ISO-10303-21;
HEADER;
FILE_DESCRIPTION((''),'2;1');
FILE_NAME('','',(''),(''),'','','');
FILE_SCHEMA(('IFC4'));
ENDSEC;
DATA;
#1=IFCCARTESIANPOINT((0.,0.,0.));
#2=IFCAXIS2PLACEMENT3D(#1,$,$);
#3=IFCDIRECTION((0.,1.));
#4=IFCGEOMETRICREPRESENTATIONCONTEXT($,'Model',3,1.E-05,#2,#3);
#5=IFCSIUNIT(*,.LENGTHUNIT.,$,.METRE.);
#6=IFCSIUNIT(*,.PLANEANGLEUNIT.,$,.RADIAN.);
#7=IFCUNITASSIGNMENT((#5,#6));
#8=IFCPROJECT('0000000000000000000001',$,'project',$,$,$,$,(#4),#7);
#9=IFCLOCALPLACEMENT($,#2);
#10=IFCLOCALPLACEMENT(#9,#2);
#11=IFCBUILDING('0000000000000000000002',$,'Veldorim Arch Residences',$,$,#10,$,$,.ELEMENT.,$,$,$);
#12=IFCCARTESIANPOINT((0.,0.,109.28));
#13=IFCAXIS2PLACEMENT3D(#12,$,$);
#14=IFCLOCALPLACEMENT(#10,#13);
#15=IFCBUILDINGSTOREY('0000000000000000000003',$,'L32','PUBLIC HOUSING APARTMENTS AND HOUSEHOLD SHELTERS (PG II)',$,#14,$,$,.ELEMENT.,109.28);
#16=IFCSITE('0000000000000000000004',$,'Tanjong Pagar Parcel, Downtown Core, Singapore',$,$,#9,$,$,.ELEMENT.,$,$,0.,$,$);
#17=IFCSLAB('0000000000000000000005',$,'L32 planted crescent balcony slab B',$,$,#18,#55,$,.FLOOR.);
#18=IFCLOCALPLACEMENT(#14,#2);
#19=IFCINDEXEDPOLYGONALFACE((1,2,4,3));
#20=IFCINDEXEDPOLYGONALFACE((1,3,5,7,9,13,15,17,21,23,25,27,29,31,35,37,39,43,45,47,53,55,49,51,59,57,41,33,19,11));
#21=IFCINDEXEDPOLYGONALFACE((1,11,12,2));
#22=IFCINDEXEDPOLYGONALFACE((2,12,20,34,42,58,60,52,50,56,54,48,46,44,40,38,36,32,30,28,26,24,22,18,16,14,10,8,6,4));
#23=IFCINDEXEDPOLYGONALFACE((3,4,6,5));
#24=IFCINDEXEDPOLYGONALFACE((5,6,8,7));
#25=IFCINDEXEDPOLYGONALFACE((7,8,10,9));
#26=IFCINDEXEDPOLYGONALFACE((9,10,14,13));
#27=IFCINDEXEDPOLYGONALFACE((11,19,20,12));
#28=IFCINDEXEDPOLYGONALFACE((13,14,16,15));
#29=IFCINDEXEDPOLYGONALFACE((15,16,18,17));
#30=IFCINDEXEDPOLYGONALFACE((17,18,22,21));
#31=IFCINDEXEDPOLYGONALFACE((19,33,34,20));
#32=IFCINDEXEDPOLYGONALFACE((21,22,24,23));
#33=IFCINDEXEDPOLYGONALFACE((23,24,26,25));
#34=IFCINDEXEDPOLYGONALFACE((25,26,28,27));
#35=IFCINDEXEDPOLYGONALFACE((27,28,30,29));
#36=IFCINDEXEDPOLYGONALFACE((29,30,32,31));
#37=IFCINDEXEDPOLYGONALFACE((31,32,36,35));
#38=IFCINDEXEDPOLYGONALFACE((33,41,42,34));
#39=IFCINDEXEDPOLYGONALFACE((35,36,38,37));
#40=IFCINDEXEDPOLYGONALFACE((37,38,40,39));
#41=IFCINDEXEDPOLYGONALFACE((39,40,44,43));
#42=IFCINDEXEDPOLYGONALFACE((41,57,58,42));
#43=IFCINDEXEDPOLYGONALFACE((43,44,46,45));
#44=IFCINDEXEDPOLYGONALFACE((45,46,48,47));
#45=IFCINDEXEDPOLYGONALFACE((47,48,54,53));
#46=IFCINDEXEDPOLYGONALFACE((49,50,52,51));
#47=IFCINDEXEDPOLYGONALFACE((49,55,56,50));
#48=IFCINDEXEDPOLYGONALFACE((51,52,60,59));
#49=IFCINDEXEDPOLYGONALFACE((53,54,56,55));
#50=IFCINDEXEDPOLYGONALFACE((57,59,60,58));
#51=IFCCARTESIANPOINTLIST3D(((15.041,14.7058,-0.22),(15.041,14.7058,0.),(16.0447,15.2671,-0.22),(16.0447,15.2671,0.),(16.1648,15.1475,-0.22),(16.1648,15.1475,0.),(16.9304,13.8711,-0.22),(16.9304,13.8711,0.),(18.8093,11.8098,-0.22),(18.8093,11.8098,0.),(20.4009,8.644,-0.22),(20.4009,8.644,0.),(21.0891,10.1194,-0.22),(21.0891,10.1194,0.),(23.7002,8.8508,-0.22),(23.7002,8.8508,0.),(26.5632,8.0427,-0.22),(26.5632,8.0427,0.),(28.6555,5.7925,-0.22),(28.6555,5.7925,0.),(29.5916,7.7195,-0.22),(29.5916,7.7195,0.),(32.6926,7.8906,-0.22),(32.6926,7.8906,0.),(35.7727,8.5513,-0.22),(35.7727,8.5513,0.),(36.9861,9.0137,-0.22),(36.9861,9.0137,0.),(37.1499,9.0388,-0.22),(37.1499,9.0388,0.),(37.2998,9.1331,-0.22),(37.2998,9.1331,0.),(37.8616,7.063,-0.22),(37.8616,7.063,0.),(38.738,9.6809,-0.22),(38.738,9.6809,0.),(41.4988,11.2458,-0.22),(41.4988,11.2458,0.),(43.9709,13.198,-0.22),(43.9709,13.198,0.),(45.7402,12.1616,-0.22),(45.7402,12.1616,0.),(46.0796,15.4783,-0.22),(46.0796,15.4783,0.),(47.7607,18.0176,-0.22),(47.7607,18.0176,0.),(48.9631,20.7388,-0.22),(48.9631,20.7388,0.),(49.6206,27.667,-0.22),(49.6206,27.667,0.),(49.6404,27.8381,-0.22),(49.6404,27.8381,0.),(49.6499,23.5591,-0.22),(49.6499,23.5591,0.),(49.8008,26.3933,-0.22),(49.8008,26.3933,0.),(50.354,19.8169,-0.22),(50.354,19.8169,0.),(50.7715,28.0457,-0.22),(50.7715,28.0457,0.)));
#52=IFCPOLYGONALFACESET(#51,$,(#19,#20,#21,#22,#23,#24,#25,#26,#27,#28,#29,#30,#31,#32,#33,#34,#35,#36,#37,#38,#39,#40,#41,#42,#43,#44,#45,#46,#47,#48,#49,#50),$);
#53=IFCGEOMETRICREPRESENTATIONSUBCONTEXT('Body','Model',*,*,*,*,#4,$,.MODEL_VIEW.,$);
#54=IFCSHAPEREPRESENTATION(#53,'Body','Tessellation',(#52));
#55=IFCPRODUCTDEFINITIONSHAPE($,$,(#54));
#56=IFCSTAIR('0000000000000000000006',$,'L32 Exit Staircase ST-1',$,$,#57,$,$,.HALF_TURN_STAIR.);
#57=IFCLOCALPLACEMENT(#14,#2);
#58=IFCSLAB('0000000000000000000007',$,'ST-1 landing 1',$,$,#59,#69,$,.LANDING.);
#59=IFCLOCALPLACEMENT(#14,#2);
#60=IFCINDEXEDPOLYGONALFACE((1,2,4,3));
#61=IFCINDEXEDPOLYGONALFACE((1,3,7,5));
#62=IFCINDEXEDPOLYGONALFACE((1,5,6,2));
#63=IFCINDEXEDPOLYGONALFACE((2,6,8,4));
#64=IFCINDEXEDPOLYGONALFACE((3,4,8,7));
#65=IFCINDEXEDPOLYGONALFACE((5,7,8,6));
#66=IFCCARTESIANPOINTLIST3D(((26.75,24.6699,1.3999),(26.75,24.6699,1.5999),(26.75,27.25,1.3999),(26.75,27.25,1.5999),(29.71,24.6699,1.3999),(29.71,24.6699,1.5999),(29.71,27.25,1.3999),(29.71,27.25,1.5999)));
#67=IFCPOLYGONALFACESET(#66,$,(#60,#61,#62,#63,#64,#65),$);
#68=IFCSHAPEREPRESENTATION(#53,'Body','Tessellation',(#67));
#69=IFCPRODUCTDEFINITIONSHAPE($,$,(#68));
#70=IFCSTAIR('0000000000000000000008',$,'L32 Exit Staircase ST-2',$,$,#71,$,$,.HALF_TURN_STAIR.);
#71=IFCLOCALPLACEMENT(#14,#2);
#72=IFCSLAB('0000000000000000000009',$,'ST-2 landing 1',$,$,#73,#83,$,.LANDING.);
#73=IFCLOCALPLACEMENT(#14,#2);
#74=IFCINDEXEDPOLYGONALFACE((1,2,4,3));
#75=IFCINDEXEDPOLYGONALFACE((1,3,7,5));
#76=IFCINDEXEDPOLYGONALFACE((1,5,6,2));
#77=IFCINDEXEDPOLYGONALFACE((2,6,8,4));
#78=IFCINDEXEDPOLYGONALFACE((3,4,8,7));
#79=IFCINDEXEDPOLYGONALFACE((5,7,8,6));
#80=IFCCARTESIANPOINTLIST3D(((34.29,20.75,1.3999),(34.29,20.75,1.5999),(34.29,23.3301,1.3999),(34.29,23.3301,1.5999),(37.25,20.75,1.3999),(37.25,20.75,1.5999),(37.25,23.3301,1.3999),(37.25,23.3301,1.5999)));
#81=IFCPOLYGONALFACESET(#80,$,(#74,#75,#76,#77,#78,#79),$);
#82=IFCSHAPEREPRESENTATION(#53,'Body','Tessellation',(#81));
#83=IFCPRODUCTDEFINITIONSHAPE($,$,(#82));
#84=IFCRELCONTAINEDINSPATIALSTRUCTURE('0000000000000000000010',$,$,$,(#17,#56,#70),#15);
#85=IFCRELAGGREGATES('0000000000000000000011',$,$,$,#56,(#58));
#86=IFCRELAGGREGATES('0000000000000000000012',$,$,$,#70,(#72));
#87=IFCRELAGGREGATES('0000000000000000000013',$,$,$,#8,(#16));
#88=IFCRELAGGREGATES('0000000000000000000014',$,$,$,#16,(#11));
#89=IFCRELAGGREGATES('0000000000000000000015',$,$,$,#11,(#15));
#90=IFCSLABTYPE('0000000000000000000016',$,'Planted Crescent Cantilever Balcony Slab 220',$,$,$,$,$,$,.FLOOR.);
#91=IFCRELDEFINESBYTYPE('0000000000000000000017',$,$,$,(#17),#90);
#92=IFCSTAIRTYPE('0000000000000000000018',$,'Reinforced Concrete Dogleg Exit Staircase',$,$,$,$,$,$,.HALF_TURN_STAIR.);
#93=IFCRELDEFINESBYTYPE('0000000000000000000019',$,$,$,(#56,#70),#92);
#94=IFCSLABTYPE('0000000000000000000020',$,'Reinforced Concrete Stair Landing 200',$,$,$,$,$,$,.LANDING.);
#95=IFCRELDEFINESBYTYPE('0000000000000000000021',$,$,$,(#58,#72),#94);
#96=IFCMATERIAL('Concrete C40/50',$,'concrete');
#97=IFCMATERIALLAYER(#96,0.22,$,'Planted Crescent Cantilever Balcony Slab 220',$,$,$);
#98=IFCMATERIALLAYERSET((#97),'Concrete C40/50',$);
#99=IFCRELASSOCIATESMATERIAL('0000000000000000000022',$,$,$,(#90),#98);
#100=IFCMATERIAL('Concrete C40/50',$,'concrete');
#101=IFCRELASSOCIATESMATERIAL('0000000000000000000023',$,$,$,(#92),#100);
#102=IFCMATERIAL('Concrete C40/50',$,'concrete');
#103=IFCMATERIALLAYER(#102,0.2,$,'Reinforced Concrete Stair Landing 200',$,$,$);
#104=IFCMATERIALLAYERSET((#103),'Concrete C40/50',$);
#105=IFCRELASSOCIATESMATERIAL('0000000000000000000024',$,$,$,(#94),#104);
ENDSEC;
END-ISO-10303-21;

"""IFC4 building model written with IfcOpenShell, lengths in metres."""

from ifc_helpers import new_model, si_unit, direction, frame, origin, place, context, subcontext, project, spatial, polyline, outline, extrude, material, layer, layer_set, type_object, element, aggregate, save


model = new_model("IFC4")

# Units and contexts
model_context = context("Model", 3, precision=1e-05, world=origin(), true_north=direction((0.0, 1.0)))
body_context = subcontext(model_context, "Body", "Model", "MODEL_VIEW")
ifc_project = project(units=[si_unit("LENGTHUNIT", "METRE"), si_unit("PLANEANGLEUNIT", "RADIAN")], contexts=[model_context])

# Site, building, storey
site_placement = place(None, origin())
site = spatial("IfcSite", under=ifc_project, at=site_placement, Name="Tanjong Pagar Parcel, Downtown Core, Singapore", CompositionType="ELEMENT", RefElevation=0.0)
building_placement = place(site_placement, origin())
building = spatial("IfcBuilding", under=site, at=building_placement, Name="Veldorim Arch Residences", CompositionType="ELEMENT")
storey_placement = place(building_placement, frame((0.0, 0.0, 109.28)))
storey = spatial("IfcBuildingStorey", under=building, at=storey_placement, Name="L32", Description="PUBLIC HOUSING APARTMENTS AND HOUSEHOLD SHELTERS (PG II)", CompositionType="ELEMENT", Elevation=109.28)

# Slab
ifc_material_1 = material(Name="Concrete C40/50", Category="concrete")
ifc_layer_1 = layer(ifc_material_1, 0.22, Name="Planted Crescent Cantilever Balcony Slab 220")
ifc_layer_set_1 = layer_set([ifc_layer_1], Name="Concrete C40/50")
slab_type_1 = type_object("IfcSlabType", Name="Planted Crescent Cantilever Balcony Slab 220", PredefinedType="FLOOR", material=ifc_layer_set_1)
slab_1_placement = place(storey_placement, frame((0.0, 0.0, -0.22)))
element("IfcSlab", 1, at=slab_1_placement, inside=storey, type_object=slab_type_1, Name="L32 planted crescent balcony slab B", PredefinedType="FLOOR", context=body_context, shape_type="SweptSolid", body=[
    extrude(outline(polyline([(16.1648, 15.1475), (16.9304, 13.8711), (18.8093, 11.8098), (21.0891, 10.1194), (23.7002, 8.8508), (26.5632, 8.0427), (29.5916, 7.7195), (32.6926, 7.8906), (35.7727, 8.5513), (36.9861, 9.0137), (37.1499, 9.0388), (37.2998, 9.1331), (38.738, 9.6809), (41.4988, 11.2458), (43.9709, 13.198), (46.0796, 15.4783), (47.7607, 18.0176), (48.9631, 20.7388), (49.6499, 23.5591), (49.8008, 26.3933), (49.6206, 27.667), (49.6404, 27.8381), (50.7715, 28.0457), (50.354, 19.8169), (45.7402, 12.1616), (37.8616, 7.063), (28.6555, 5.7925), (20.4009, 8.644), (15.041, 14.7058), (16.0447, 15.2671), (16.1648, 15.1475)])), origin(), (0.0, 0.0, 1.0), 0.22),
])

# Stairs, slabs
ifc_material_2 = material(Name="Concrete C40/50", Category="concrete")
stair_type = type_object("IfcStairType", Name="Reinforced Concrete Dogleg Exit Staircase", PredefinedType="HALF_TURN_STAIR", material=ifc_material_2)
stair_1_placement = place(storey_placement, origin())
stair_1 = element("IfcStair", 2, at=stair_1_placement, inside=storey, type_object=stair_type, Name="L32 Exit Staircase ST-1", PredefinedType="HALF_TURN_STAIR")
ifc_material_3 = material(Name="Concrete C40/50", Category="concrete")
ifc_layer_2 = layer(ifc_material_3, 0.2, Name="Reinforced Concrete Stair Landing 200")
ifc_layer_set_2 = layer_set([ifc_layer_2], Name="Concrete C40/50")
slab_type_2 = type_object("IfcSlabType", Name="Reinforced Concrete Stair Landing 200", PredefinedType="LANDING", material=ifc_layer_set_2)
slab_2_placement = place(storey_placement, frame((0.0, 0.0, 1.3999)))
slab_2 = element("IfcSlab", 3, at=slab_2_placement, type_object=slab_type_2, Name="ST-1 landing 1", PredefinedType="LANDING", context=body_context, shape_type="SweptSolid", body=[
    extrude(outline(polyline([(29.71, 24.6699), (29.71, 27.25), (26.75, 27.25), (26.75, 24.6699), (29.71, 24.6699)])), origin(), (0.0, 0.0, 1.0), 0.2),
])
aggregate(stair_1, [slab_2])
stair_2_placement = place(storey_placement, origin())
stair_2 = element("IfcStair", 4, at=stair_2_placement, inside=storey, type_object=stair_type, Name="L32 Exit Staircase ST-2", PredefinedType="HALF_TURN_STAIR")
slab_3_placement = place(storey_placement, frame((0.0, 0.0, 1.3999)))
slab_3 = element("IfcSlab", 5, at=slab_3_placement, type_object=slab_type_2, Name="ST-2 landing 1", PredefinedType="LANDING", context=body_context, shape_type="SweptSolid", body=[
    extrude(outline(polyline([(34.29, 23.3301), (34.29, 20.75), (37.25, 20.75), (37.25, 23.3301), (34.29, 23.3301)])), origin(), (0.0, 0.0, 1.0), 0.2),
])
aggregate(stair_2, [slab_3])

save(model, "model.ifc")
